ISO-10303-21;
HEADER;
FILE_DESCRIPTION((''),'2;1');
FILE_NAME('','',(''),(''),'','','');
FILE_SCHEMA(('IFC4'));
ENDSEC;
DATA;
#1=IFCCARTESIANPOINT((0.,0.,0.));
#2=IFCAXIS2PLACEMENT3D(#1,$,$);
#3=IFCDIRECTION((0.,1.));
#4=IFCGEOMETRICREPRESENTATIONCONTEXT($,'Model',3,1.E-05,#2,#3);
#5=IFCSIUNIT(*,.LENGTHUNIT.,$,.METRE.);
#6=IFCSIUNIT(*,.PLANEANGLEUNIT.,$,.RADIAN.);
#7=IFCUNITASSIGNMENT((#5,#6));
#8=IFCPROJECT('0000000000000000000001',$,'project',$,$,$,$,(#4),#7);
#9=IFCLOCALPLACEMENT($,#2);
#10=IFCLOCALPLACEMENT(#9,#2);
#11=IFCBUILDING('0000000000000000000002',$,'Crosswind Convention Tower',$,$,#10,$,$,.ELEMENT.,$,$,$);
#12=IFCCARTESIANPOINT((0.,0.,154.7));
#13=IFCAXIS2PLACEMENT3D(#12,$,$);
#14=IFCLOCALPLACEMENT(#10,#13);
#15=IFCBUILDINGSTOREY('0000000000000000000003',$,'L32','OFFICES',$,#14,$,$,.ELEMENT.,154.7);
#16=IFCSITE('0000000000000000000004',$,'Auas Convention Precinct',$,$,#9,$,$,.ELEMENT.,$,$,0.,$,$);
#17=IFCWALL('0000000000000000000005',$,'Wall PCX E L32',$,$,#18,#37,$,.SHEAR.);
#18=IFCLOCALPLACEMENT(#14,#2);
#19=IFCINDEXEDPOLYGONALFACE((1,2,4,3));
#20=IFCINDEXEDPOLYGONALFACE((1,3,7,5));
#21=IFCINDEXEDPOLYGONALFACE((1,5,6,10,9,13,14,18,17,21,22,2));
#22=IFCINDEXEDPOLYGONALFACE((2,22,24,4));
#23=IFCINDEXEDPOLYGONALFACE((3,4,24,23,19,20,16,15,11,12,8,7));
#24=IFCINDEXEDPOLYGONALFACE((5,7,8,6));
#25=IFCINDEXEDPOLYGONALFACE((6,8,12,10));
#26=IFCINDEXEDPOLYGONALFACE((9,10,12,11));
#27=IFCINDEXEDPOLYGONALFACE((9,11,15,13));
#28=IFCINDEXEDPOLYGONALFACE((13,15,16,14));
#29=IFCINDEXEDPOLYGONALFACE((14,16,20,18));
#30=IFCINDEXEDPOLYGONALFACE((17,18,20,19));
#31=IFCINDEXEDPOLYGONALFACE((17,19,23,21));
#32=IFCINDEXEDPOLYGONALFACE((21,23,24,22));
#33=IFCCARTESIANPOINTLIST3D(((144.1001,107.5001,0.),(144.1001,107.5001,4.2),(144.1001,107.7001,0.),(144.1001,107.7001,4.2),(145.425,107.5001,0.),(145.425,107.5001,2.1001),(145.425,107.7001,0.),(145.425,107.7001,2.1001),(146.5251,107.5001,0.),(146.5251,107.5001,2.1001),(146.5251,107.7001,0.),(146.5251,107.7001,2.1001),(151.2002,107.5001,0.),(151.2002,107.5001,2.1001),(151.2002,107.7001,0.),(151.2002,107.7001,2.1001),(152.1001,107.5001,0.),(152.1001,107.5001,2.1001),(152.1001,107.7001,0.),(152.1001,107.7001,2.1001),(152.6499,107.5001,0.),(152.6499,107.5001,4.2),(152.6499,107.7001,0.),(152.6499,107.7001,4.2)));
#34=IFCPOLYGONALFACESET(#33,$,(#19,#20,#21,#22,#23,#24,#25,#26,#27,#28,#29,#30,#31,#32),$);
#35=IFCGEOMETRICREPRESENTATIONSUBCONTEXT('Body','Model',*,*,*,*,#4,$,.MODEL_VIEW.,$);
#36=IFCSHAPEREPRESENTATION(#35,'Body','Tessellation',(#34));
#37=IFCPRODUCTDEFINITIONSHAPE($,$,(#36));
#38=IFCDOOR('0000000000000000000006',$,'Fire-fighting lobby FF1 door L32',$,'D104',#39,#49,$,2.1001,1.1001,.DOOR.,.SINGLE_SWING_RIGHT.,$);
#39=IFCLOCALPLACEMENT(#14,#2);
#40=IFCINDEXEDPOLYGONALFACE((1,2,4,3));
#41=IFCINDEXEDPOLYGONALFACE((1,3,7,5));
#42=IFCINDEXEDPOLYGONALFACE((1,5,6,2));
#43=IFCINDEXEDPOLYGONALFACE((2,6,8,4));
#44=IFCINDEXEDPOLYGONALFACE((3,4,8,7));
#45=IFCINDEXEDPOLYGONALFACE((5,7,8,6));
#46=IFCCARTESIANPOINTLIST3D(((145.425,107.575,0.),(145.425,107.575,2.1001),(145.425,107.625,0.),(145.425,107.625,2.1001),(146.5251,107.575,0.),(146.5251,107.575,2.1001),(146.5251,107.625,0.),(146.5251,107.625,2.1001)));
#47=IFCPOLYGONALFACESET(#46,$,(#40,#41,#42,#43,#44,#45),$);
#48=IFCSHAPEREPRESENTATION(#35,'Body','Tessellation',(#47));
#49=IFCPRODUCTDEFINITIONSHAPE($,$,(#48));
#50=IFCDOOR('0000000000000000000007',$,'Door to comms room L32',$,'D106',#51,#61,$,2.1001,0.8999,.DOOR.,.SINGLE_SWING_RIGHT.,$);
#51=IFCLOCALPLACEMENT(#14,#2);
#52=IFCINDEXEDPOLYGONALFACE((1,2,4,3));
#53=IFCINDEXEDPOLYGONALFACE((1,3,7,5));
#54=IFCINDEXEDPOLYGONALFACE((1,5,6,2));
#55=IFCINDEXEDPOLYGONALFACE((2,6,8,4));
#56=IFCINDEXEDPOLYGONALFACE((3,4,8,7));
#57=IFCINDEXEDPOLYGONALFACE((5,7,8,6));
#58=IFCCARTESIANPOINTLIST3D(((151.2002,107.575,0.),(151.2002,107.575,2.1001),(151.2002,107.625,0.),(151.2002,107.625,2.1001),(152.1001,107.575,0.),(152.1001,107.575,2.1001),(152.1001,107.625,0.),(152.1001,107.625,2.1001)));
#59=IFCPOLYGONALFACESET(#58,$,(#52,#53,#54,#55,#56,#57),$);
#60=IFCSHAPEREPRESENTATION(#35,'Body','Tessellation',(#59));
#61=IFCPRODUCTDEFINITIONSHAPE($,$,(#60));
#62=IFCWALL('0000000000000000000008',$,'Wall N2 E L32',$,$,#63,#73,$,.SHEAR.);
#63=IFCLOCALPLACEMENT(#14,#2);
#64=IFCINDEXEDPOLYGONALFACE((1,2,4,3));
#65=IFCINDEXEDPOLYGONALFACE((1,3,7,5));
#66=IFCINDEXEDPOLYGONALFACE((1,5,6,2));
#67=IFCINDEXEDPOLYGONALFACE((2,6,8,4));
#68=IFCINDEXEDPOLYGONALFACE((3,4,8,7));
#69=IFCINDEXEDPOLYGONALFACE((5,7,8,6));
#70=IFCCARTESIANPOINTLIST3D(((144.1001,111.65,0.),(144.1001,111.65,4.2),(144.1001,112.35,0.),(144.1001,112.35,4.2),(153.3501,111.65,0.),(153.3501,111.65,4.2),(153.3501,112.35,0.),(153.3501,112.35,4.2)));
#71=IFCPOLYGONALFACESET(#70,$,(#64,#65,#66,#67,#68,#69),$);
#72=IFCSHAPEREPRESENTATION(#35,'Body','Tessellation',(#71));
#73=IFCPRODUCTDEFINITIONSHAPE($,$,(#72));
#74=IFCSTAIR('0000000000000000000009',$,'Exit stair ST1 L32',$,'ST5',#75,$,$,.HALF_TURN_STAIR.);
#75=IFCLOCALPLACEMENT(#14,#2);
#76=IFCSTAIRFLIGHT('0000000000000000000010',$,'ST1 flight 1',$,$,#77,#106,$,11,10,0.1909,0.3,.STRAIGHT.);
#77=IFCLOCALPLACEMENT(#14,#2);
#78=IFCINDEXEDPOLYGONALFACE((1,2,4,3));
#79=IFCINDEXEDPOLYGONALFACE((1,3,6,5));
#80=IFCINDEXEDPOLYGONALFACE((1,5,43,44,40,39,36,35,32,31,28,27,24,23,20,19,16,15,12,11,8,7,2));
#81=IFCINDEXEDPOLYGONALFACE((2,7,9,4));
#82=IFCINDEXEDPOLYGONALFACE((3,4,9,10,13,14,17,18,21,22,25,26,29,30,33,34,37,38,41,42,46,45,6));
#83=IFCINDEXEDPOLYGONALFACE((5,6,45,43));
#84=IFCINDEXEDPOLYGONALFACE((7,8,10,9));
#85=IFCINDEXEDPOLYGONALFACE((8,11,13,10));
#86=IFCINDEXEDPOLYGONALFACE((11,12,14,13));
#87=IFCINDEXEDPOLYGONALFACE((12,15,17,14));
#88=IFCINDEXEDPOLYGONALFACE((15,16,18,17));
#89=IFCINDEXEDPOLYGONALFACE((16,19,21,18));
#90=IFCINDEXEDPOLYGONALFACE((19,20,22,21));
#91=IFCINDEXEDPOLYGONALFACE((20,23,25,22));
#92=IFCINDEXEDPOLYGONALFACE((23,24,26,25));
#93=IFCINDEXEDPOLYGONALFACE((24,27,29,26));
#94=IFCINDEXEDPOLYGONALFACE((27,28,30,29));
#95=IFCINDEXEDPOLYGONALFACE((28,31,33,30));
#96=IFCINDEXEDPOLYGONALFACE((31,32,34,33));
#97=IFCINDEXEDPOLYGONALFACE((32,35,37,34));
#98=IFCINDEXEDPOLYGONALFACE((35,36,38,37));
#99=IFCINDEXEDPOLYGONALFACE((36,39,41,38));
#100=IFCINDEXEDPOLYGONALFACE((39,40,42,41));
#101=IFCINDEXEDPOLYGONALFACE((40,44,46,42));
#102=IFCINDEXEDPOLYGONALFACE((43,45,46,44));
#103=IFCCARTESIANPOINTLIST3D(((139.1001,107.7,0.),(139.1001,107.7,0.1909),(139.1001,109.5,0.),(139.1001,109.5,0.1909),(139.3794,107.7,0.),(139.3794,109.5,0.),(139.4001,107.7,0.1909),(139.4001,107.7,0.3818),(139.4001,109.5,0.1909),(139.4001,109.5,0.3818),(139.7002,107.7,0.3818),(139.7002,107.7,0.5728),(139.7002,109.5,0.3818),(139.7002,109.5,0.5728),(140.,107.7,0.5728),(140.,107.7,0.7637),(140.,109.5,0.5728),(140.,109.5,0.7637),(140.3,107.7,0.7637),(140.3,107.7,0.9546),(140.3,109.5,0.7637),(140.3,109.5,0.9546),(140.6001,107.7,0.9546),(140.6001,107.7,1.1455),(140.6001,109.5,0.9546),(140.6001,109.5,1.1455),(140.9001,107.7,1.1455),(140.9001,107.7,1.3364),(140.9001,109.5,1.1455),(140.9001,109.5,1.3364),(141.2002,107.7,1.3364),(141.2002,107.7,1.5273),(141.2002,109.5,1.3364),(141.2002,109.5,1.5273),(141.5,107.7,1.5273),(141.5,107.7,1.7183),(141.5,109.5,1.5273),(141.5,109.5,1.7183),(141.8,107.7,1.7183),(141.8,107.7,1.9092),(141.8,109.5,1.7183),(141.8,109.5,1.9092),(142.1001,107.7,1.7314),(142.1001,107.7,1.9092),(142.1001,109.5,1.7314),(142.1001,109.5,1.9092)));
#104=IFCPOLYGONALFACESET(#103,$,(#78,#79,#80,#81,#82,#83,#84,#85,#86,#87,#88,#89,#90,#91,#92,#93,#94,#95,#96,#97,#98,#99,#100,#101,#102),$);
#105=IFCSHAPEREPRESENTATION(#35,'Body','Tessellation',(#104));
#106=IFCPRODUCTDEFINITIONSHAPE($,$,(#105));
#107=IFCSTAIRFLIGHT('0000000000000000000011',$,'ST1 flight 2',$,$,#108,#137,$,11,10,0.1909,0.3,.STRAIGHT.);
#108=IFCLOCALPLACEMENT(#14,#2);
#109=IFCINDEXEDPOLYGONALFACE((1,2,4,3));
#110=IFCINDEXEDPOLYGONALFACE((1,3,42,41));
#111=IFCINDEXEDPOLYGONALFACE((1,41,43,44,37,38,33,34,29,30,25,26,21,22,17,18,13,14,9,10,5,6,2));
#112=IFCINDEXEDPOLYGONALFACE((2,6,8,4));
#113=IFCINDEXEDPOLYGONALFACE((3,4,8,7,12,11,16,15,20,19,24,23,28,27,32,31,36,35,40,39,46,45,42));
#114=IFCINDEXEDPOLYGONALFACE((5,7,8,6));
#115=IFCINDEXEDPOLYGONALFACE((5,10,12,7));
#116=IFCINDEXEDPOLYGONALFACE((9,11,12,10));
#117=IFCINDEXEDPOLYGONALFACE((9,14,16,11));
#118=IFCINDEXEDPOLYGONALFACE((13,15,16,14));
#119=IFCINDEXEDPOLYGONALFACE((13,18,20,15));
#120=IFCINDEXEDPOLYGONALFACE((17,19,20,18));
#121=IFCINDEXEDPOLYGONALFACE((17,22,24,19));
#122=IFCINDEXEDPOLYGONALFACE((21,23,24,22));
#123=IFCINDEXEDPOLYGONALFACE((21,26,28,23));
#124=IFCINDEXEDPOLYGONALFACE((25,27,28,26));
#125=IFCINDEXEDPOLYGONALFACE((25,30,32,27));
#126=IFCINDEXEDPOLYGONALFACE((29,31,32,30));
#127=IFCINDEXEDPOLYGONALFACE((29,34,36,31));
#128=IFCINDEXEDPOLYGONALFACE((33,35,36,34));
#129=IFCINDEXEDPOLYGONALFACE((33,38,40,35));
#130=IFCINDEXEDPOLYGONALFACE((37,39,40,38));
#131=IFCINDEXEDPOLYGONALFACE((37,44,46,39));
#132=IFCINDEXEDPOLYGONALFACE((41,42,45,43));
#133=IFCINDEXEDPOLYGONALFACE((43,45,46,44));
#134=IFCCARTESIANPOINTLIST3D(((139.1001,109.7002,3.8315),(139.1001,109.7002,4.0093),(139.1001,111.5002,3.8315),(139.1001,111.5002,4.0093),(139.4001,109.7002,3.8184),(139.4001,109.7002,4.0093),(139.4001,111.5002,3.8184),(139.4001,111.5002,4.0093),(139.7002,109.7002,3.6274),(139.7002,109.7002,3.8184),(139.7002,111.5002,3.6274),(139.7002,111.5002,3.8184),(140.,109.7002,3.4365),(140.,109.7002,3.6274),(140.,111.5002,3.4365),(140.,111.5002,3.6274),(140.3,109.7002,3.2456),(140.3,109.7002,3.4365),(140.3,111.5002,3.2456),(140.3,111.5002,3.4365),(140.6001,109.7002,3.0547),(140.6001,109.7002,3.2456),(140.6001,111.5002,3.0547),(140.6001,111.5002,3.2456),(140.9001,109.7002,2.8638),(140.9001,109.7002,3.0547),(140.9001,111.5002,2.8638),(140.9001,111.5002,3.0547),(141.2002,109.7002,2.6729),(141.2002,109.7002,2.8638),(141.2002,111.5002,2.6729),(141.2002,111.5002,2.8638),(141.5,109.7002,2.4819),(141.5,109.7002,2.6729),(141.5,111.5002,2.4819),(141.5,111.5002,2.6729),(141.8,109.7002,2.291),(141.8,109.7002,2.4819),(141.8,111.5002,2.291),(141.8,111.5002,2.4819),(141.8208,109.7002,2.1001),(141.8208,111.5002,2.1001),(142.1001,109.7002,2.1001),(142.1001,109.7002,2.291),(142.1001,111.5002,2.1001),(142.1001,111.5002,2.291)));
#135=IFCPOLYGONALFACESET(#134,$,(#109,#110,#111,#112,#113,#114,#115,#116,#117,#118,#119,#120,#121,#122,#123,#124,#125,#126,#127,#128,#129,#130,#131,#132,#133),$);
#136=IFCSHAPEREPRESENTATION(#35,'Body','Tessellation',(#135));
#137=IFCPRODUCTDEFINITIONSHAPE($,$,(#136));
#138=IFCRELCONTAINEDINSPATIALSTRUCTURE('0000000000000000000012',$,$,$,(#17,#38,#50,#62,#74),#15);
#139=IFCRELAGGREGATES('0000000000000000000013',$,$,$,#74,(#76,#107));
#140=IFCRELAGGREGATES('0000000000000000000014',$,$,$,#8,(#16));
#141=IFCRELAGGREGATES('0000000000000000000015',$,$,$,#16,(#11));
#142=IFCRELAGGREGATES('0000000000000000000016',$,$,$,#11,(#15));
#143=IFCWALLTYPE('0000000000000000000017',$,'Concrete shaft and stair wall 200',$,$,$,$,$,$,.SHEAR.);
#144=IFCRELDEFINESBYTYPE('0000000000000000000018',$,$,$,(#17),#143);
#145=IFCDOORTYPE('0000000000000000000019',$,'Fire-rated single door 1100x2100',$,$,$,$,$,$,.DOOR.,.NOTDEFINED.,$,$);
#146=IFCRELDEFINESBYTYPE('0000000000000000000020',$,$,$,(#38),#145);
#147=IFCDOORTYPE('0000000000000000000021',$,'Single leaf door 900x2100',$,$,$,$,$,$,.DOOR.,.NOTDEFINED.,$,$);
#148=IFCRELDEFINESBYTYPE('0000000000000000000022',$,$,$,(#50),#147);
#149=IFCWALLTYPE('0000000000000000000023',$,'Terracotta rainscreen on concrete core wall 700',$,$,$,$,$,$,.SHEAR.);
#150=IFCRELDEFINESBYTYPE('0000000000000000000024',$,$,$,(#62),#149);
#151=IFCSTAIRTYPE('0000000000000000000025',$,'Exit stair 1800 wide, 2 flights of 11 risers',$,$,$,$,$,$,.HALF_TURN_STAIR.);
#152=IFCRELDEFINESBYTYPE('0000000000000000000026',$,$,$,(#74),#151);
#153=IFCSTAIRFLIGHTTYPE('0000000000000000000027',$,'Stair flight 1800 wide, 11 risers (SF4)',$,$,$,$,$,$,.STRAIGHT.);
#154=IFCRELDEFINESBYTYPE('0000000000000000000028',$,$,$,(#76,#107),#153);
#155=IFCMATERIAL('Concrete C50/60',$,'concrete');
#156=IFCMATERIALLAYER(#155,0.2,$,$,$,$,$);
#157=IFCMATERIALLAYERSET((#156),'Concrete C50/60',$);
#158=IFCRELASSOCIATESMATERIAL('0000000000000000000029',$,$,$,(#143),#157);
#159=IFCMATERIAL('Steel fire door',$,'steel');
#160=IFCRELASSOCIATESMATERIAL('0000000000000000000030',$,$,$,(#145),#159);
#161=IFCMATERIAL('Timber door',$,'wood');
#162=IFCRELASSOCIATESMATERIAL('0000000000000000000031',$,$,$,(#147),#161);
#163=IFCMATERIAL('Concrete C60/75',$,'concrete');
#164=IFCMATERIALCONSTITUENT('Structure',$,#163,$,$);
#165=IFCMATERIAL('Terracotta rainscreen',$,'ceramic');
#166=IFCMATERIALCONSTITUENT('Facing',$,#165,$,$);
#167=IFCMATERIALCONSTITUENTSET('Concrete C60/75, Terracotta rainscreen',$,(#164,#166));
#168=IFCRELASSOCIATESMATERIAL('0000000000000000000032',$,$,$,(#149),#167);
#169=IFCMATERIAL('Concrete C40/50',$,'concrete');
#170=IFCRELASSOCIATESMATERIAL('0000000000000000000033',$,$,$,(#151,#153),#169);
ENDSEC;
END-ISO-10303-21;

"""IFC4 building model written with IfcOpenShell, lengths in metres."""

from ifc_helpers import new_model, si_unit, direction, frame, frame_2d, origin, place, context, subcontext, project, spatial, polyline, rectangle, outline, extrude, material, layer, layer_set, constituent, constituent_set, type_object, element, fill, aggregate, save


model = new_model("IFC4")

# Units and contexts
model_context = context("Model", 3, precision=1e-05, world=origin(), true_north=direction((0.0, 1.0)))
body_context = subcontext(model_context, "Body", "Model", "MODEL_VIEW")
ifc_project = project(units=[si_unit("LENGTHUNIT", "METRE"), si_unit("PLANEANGLEUNIT", "RADIAN")], contexts=[model_context])

# Site, building, storey
site_placement = place(None, origin())
site = spatial("IfcSite", under=ifc_project, at=site_placement, Name="Auas Convention Precinct", CompositionType="ELEMENT", RefElevation=0.0)
building_placement = place(site_placement, origin())
building = spatial("IfcBuilding", under=site, at=building_placement, Name="Crosswind Convention Tower", CompositionType="ELEMENT")
storey_placement = place(building_placement, frame((0.0, 0.0, 154.7)))
storey = spatial("IfcBuildingStorey", under=building, at=storey_placement, Name="L32", Description="OFFICES", CompositionType="ELEMENT", Elevation=154.7)

# Shared definitions
ifc_material_1 = material(Name="Concrete C60/75", Category="concrete")

# Shared definitions
ifc_material_2 = material(Name="Concrete C50/60", Category="concrete")
ifc_layer_1 = layer(ifc_material_2, 0.2)
ifc_layer_set_1 = layer_set([ifc_layer_1], Name="Concrete C50/60")
wall_type_1 = type_object("IfcWallType", Name="Concrete shaft and stair wall 200", PredefinedType="SHEAR", material=ifc_layer_set_1)

# Wall, openings, doors
wall_1_placement = place(storey_placement, frame((144.1001, 107.6001, 0.0), z_axis=(0.0, 0.0, 1.0), x_axis=(1.0, 0.0, 0.0)))
wall_1 = element("IfcWall", 1, at=wall_1_placement, inside=storey, type_object=wall_type_1, Name="Wall PCX E L32", PredefinedType="SHEAR", context=body_context, shape_type="SweptSolid", body=[
    extrude(rectangle(XDim=8.5498, YDim=0.2, at=frame_2d((4.2749, 0.0))), origin(), (0.0, 0.0, 1.0), 4.2),
])
opening_1_placement = place(wall_1_placement, frame((1.325, 0.0, 0.0)))
opening_1 = element("IfcOpeningElement", 2, at=opening_1_placement, cuts=wall_1, PredefinedType="OPENING", context=body_context, shape_type="SweptSolid", body=[
    extrude(rectangle(XDim=1.1001, YDim=2.1001, at=frame_2d((0.55, 1.05))), frame((0.0, 0.1099, 0.0), z_axis=(0.0, -1.0, 0.0), x_axis=(1.0, 0.0, 0.0)), (0.0, 0.0, 1.0), 0.22),
])
opening_2_placement = place(wall_1_placement, frame((7.1001, 0.0, 0.0)))
opening_2 = element("IfcOpeningElement", 3, at=opening_2_placement, cuts=wall_1, PredefinedType="OPENING", context=body_context, shape_type="SweptSolid", body=[
    extrude(rectangle(XDim=0.8999, YDim=2.1001, at=frame_2d((0.45, 1.05))), frame((0.0, 0.1099, 0.0), z_axis=(0.0, -1.0, 0.0), x_axis=(1.0, 0.0, 0.0)), (0.0, 0.0, 1.0), 0.22),
])
ifc_material_3 = material(Name="Steel fire door", Category="steel")
door_type_1 = type_object("IfcDoorType", Name="Fire-rated single door 1100x2100", OperationType="NOTDEFINED", PredefinedType="DOOR", material=ifc_material_3)
door_1_placement = place(opening_1_placement, origin())
door_1 = element("IfcDoor", 4, at=door_1_placement, inside=storey, type_object=door_type_1, Name="Fire-fighting lobby FF1 door L32", ObjectType="D104", OperationType="SINGLE_SWING_RIGHT", OverallHeight=2.1001, OverallWidth=1.1001, PredefinedType="DOOR", context=body_context, shape_type="SweptSolid", body=[
    extrude(rectangle(XDim=1.1001, YDim=2.1001, at=frame_2d((0.55, 1.05))), frame((0.0, 0.0249, 0.0), z_axis=(0.0, -1.0, 0.0), x_axis=(1.0, 0.0, 0.0)), (0.0, 0.0, 1.0), 0.05),
])
fill(opening_1, door_1)
ifc_material_4 = material(Name="Timber door", Category="wood")
door_type_2 = type_object("IfcDoorType", Name="Single leaf door 900x2100", OperationType="NOTDEFINED", PredefinedType="DOOR", material=ifc_material_4)
door_2_placement = place(opening_2_placement, origin())
door_2 = element("IfcDoor", 5, at=door_2_placement, inside=storey, type_object=door_type_2, Name="Door to comms room L32", ObjectType="D106", OperationType="SINGLE_SWING_RIGHT", OverallHeight=2.1001, OverallWidth=0.8999, PredefinedType="DOOR", context=body_context, shape_type="SweptSolid", body=[
    extrude(rectangle(XDim=0.8999, YDim=2.1001, at=frame_2d((0.45, 1.05))), frame((0.0, 0.0249, 0.0), z_axis=(0.0, -1.0, 0.0), x_axis=(1.0, 0.0, 0.0)), (0.0, 0.0, 1.0), 0.05),
])
fill(opening_2, door_2)

# Wall
ifc_constituent_1 = constituent(ifc_material_1, Name="Structure")
ifc_material_5 = material(Name="Terracotta rainscreen", Category="ceramic")
ifc_constituent_2 = constituent(ifc_material_5, Name="Facing")
ifc_constituent_set = constituent_set(constituents=[ifc_constituent_1, ifc_constituent_2], Name="Concrete C60/75, Terracotta rainscreen")
wall_type_2 = type_object("IfcWallType", Name="Terracotta rainscreen on concrete core wall 700", PredefinedType="SHEAR", material=ifc_constituent_set)
wall_2_placement = place(storey_placement, frame((144.1001, 112.0, 0.0), z_axis=(0.0, 0.0, 1.0), x_axis=(1.0, 0.0, 0.0)))
element("IfcWall", 6, at=wall_2_placement, inside=storey, type_object=wall_type_2, Name="Wall N2 E L32", PredefinedType="SHEAR", context=body_context, shape_type="SweptSolid", body=[
    extrude(rectangle(XDim=9.25, YDim=0.7, at=frame_2d((4.625, 0.0))), origin(), (0.0, 0.0, 1.0), 4.2),
])

# Stair, stair flights
ifc_material_6 = material(Name="Concrete C40/50", Category="concrete")
stair_type = type_object("IfcStairType", Name="Exit stair 1800 wide, 2 flights of 11 risers", PredefinedType="HALF_TURN_STAIR", material=ifc_material_6)
stair_placement = place(storey_placement, origin())
stair = element("IfcStair", 7, at=stair_placement, inside=storey, type_object=stair_type, Name="Exit stair ST1 L32", ObjectType="ST5", PredefinedType="HALF_TURN_STAIR")
stair_flight_type = type_object("IfcStairFlightType", Name="Stair flight 1800 wide, 11 risers (SF4)", PredefinedType="STRAIGHT", material=ifc_material_6)
stair_flight_1_placement = place(storey_placement, frame((139.1001, 108.6001, 0.0), z_axis=(0.0, 0.0, 1.0), x_axis=(1.0, 0.0, 0.0)))
stair_flight_1 = element("IfcStairFlight", 8, at=stair_flight_1_placement, type_object=stair_flight_type, Name="ST1 flight 1", NumberOfRisers=11, NumberOfTreads=10, PredefinedType="STRAIGHT", RiserHeight=0.1909, TreadLength=0.3, context=body_context, shape_type="SweptSolid", body=[
    extrude(outline(polyline([(0.0, 0.0), (0.0, 0.1909), (0.3, 0.1909), (0.3, 0.3818), (0.6001, 0.3818), (0.6001, 0.5728), (0.8999, 0.5728), (0.8999, 0.7637), (1.2, 0.7637), (1.2, 0.9546), (1.5, 0.9546), (1.5, 1.1455), (1.8, 1.1455), (1.8, 1.3364), (2.1001, 1.3364), (2.1001, 1.5273), (2.3999, 1.5273), (2.3999, 1.7183), (2.7, 1.7183), (2.7, 1.9092), (3.0, 1.9092), (3.0, 2.1001), (3.0, 1.7314), (0.2793, 0.0), (0.0, 0.0)])), frame((0.0, 0.8999, 0.0), z_axis=(0.0, -1.0, 0.0), x_axis=(1.0, 0.0, 0.0)), (0.0, 0.0, 1.0), 1.8),
])
stair_flight_2_placement = place(storey_placement, frame((142.1001, 110.6001, 2.1001), z_axis=(0.0, 0.0, 1.0), x_axis=(-1.0, 0.0, 0.0)))
stair_flight_2 = element("IfcStairFlight", 9, at=stair_flight_2_placement, type_object=stair_flight_type, Name="ST1 flight 2", NumberOfRisers=11, NumberOfTreads=10, PredefinedType="STRAIGHT", RiserHeight=0.1909, TreadLength=0.3, context=body_context, shape_type="SweptSolid", body=[
    extrude(outline(polyline([(0.0, 0.0), (0.0, 0.1909), (0.3, 0.1909), (0.3, 0.3818), (0.6001, 0.3818), (0.6001, 0.5728), (0.8999, 0.5728), (0.8999, 0.7637), (1.2, 0.7637), (1.2, 0.9546), (1.5, 0.9546), (1.5, 1.1455), (1.8, 1.1455), (1.8, 1.3364), (2.1001, 1.3364), (2.1001, 1.5273), (2.3999, 1.5273), (2.3999, 1.7183), (2.7, 1.7183), (2.7, 1.9092), (3.0, 1.9092), (3.0, 2.1001), (3.0, 1.7314), (0.2793, 0.0), (0.0, 0.0)])), frame((0.0, 0.8999, 0.0), z_axis=(0.0, -1.0, 0.0), x_axis=(1.0, 0.0, 0.0)), (0.0, 0.0, 1.0), 1.8),
])
aggregate(stair, [stair_flight_1, stair_flight_2])

save(model, "model.ifc")
